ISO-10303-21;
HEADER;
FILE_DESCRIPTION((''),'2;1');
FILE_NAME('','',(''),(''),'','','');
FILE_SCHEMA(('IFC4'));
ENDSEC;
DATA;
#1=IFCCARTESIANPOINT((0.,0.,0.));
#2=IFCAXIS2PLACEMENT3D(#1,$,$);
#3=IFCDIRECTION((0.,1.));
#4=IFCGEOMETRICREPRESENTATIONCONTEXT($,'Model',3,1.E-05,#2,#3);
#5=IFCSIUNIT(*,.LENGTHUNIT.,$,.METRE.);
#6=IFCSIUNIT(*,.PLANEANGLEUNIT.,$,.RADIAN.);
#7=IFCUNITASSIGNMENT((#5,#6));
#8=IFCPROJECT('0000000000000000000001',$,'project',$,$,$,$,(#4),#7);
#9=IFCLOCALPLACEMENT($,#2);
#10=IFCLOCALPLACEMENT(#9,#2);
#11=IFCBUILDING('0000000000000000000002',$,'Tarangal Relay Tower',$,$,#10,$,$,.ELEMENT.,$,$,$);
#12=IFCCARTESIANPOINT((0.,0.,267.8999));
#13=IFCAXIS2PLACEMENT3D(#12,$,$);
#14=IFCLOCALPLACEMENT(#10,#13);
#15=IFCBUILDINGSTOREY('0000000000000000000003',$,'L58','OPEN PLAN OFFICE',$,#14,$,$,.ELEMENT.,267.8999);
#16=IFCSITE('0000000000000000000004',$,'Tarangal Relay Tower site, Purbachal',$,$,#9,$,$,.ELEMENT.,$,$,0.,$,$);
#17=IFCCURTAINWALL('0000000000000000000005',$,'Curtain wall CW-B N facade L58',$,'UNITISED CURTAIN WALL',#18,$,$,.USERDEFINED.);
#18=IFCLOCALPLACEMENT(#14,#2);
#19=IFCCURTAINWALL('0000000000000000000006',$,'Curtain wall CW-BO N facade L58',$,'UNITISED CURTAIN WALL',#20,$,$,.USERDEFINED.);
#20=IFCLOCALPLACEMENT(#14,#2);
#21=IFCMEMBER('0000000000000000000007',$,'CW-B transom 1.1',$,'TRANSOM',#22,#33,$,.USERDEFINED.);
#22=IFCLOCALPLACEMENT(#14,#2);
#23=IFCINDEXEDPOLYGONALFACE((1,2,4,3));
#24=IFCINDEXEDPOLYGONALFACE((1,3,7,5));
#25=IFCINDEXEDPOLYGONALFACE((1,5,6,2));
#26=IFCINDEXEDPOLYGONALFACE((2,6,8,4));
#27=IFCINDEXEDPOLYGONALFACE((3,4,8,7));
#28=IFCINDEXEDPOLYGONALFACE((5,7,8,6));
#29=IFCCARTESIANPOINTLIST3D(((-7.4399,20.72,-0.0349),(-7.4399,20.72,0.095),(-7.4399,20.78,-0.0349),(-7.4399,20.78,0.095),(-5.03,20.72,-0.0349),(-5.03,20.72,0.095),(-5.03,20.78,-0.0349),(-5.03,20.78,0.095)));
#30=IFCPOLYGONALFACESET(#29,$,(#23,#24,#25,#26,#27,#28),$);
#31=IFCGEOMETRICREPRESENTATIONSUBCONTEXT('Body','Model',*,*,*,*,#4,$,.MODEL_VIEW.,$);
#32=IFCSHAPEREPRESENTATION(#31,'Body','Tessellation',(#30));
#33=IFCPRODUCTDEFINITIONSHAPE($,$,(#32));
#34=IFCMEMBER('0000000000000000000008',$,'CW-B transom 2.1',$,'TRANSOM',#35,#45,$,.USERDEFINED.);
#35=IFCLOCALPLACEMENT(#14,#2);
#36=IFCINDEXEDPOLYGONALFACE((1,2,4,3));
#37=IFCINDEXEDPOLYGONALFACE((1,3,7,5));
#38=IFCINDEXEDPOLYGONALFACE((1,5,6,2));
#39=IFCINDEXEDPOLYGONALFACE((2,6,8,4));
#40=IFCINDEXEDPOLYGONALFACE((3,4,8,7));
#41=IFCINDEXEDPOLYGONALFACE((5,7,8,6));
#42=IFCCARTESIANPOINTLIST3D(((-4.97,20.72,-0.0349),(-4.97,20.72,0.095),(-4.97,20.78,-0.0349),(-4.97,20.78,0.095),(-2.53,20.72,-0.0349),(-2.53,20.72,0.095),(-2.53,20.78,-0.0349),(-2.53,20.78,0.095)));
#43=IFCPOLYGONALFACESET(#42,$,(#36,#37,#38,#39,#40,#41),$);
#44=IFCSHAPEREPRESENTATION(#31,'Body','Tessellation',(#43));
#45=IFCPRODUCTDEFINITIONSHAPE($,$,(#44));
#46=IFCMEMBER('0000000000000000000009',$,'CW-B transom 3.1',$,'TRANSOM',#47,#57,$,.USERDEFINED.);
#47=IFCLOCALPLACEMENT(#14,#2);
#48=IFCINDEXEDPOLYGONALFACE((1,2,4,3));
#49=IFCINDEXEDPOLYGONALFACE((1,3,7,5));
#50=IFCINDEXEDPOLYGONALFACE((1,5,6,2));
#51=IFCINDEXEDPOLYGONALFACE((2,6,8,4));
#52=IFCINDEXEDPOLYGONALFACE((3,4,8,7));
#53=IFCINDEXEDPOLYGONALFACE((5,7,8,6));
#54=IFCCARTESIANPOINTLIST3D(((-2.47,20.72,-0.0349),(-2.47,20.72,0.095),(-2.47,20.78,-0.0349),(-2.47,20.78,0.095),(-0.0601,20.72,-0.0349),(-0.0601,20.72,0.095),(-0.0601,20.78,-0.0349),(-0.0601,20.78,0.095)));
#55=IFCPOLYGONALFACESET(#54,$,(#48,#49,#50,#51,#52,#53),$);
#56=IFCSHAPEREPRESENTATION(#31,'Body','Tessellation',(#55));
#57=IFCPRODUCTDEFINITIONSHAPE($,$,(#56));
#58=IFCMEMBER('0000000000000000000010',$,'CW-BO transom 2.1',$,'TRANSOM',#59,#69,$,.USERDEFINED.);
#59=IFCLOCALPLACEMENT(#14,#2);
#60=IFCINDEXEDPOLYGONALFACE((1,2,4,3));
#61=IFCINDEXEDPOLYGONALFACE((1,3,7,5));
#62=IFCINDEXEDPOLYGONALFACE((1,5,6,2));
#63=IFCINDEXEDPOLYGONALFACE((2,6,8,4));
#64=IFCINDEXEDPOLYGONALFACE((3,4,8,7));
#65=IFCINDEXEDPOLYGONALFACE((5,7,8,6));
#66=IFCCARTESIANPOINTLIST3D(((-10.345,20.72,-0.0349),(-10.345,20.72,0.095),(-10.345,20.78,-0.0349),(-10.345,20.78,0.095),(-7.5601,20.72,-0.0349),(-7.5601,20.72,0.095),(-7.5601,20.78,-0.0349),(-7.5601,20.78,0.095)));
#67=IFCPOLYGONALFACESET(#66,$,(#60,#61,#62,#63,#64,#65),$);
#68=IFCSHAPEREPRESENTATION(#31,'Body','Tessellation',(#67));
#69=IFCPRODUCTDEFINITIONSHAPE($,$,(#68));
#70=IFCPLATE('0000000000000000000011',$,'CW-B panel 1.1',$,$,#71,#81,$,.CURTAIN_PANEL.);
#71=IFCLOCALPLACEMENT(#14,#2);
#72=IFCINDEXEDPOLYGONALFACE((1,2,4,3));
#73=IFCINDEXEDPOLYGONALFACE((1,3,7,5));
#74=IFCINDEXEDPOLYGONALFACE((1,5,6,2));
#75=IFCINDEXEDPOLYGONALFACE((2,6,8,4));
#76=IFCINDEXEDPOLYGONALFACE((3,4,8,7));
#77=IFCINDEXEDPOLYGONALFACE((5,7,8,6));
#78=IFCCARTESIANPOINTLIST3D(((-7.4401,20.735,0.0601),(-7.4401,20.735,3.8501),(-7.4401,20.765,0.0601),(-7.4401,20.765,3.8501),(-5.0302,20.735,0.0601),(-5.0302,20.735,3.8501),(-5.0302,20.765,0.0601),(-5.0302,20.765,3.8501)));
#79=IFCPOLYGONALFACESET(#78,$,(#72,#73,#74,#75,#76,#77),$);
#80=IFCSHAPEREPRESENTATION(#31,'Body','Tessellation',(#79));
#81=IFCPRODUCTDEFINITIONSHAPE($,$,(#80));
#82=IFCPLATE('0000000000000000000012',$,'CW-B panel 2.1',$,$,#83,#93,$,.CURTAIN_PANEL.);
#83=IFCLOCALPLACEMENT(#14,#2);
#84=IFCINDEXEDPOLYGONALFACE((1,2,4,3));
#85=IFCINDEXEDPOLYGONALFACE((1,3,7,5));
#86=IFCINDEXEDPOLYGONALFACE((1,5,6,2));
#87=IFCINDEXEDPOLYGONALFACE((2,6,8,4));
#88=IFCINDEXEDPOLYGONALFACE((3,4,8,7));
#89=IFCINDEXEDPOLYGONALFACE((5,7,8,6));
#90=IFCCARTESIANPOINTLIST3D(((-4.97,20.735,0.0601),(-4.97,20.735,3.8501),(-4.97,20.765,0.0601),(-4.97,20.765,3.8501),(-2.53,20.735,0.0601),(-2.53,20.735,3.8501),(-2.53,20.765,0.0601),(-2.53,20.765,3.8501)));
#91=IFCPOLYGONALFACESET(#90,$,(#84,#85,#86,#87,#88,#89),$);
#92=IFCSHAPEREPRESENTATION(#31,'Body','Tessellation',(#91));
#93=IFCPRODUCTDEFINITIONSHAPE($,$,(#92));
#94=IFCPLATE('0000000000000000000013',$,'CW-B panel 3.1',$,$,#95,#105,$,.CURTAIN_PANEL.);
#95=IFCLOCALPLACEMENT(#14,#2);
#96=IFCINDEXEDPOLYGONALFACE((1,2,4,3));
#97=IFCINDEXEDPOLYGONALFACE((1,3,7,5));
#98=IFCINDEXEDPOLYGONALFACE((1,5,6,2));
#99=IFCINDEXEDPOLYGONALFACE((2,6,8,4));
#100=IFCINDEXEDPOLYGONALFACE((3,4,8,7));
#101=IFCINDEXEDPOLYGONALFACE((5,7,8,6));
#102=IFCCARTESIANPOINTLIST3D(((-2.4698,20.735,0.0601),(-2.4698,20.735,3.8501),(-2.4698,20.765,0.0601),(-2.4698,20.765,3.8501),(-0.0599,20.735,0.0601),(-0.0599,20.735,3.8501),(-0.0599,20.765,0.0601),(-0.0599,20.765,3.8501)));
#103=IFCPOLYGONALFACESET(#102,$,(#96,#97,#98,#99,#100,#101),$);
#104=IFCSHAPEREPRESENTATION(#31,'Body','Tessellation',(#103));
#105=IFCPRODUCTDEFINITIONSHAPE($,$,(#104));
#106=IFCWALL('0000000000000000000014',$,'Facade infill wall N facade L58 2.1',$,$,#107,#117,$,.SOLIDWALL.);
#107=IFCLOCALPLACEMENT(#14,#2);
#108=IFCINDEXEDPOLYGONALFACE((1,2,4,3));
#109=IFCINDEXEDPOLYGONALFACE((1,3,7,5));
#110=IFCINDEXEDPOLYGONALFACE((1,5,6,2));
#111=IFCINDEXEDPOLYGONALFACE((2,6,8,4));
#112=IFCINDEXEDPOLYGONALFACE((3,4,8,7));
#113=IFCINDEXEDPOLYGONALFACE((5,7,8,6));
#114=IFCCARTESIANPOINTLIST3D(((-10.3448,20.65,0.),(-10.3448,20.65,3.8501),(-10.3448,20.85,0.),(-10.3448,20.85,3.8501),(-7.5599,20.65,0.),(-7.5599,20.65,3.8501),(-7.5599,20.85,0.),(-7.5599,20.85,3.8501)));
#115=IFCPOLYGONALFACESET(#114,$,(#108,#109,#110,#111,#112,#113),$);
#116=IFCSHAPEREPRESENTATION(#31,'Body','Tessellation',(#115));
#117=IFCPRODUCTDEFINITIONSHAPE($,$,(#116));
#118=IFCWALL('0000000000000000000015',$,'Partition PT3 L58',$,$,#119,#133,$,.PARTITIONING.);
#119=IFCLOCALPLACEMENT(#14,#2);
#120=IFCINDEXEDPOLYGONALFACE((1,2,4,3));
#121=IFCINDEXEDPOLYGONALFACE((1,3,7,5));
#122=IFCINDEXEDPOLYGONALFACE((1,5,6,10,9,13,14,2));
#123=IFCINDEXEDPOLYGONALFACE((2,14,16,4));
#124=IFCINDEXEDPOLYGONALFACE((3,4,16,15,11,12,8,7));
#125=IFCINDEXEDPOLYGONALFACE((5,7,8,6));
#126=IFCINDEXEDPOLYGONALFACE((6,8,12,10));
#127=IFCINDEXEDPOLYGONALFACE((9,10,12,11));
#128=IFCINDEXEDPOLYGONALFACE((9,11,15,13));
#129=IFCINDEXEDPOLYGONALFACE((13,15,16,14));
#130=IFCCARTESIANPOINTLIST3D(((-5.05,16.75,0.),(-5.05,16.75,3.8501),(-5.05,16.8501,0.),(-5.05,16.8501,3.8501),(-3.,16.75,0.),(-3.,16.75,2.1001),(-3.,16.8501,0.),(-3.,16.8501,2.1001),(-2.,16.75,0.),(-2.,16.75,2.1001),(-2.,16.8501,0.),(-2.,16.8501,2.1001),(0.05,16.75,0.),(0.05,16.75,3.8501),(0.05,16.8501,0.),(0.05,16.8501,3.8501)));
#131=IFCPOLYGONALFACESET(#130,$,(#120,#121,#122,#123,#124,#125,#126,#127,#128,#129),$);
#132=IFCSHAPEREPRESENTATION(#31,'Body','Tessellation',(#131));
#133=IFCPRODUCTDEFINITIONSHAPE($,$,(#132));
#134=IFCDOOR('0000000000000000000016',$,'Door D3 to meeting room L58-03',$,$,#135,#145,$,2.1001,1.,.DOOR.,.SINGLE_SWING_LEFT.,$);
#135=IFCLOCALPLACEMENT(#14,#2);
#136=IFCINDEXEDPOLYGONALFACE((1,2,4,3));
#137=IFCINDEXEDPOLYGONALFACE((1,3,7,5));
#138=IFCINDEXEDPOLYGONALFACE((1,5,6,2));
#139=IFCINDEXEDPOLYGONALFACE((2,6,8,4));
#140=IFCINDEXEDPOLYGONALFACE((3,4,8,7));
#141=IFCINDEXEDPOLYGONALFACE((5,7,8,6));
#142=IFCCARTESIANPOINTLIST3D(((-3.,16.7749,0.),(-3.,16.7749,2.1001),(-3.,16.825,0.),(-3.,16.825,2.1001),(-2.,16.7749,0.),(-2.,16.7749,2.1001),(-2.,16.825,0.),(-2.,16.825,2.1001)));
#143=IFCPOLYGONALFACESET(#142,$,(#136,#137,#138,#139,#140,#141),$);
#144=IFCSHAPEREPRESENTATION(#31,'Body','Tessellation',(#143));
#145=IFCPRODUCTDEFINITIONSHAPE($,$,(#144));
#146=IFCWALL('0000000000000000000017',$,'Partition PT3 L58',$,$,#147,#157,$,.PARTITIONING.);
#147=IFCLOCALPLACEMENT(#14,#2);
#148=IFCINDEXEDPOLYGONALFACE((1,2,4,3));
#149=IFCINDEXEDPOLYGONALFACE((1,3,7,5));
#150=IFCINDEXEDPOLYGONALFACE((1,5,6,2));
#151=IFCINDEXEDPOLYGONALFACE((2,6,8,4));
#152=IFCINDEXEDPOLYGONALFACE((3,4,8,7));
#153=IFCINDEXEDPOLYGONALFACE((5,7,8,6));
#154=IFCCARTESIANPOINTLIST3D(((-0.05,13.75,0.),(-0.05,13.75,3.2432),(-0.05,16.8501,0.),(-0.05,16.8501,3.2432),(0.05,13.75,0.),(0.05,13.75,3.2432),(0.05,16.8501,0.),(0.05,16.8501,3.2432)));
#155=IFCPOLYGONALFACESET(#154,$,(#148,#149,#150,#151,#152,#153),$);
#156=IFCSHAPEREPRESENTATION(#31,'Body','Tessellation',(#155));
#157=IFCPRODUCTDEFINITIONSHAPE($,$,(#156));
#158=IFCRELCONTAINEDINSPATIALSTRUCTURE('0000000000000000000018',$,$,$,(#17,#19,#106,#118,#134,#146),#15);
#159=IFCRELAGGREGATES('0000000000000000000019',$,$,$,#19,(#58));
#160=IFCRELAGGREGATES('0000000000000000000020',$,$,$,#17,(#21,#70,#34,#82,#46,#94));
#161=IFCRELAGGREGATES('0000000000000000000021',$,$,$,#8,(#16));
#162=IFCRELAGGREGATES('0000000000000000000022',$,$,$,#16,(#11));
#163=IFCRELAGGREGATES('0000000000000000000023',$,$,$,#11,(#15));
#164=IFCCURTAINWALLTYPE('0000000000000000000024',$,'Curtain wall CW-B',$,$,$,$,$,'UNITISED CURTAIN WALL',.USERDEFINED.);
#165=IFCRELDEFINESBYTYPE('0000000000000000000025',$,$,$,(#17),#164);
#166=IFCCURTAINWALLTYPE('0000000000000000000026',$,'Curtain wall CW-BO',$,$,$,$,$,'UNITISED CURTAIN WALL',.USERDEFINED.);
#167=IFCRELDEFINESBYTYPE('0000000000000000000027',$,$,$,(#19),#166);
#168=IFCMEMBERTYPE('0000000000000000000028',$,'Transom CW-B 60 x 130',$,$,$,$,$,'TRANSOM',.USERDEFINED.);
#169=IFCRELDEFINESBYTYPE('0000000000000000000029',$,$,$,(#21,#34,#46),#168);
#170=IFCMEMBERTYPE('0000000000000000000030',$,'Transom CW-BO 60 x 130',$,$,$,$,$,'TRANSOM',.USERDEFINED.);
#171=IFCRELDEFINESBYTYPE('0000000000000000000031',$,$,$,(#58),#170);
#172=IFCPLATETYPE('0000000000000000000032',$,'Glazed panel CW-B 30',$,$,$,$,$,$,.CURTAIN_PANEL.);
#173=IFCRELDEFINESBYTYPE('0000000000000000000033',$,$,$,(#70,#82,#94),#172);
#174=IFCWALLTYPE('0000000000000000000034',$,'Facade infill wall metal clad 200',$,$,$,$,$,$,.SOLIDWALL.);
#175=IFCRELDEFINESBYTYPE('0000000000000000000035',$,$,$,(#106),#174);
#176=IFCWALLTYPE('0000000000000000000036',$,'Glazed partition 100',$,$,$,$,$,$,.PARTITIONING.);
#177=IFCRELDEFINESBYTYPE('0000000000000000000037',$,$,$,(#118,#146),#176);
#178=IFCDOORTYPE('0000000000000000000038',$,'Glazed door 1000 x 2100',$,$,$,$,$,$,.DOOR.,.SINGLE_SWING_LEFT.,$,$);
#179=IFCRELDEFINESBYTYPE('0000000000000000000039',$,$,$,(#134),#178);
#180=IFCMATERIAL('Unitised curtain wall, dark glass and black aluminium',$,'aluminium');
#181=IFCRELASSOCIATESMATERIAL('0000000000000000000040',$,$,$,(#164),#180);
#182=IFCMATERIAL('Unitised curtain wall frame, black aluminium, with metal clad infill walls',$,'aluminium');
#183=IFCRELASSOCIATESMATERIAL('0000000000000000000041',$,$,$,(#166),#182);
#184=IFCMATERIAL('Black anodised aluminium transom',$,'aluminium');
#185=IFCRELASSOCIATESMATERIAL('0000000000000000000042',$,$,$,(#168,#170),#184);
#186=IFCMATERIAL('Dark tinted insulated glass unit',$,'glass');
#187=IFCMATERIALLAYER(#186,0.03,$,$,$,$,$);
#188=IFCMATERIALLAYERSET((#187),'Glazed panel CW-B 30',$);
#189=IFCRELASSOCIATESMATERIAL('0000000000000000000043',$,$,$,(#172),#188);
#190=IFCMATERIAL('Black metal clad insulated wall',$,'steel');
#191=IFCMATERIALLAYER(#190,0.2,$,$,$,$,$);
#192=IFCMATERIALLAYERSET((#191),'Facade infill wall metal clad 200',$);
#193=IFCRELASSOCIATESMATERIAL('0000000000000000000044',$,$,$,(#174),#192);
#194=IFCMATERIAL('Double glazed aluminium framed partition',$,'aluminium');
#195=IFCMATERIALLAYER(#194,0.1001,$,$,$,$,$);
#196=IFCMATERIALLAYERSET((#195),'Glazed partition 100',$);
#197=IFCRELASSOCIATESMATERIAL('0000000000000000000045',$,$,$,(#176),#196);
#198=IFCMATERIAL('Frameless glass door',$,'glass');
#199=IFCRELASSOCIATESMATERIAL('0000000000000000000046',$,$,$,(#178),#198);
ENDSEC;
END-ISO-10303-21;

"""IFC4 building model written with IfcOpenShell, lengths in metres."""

from ifc_helpers import new_model, si_unit, direction, frame, frame_2d, origin, origin_2d, place, context, subcontext, project, spatial, rectangle, extrude, material, layer, layer_set, material_profile, profile_set, type_object, element, fill, aggregate, save


model = new_model("IFC4")

# Units and contexts
model_context = context("Model", 3, precision=1e-05, world=origin(), true_north=direction((0.0, 1.0)))
body_context = subcontext(model_context, "Body", "Model", "MODEL_VIEW")
ifc_project = project(units=[si_unit("LENGTHUNIT", "METRE"), si_unit("PLANEANGLEUNIT", "RADIAN")], contexts=[model_context])

# Site, building, storey
site_placement = place(None, origin())
site = spatial("IfcSite", under=ifc_project, at=site_placement, Name="Tarangal Relay Tower site, Purbachal", CompositionType="ELEMENT", RefElevation=0.0)
building_placement = place(site_placement, origin())
building = spatial("IfcBuilding", under=site, at=building_placement, Name="Tarangal Relay Tower", CompositionType="ELEMENT")
storey_placement = place(building_placement, frame((0.0, 0.0, 267.8999)))
storey = spatial("IfcBuildingStorey", under=building, at=storey_placement, Name="L58", Description="OPEN PLAN OFFICE", CompositionType="ELEMENT", Elevation=267.8999)

# Curtain walls
ifc_material_1 = material(Name="Unitised curtain wall, dark glass and black aluminium", Category="aluminium")
curtain_wall_type_1 = type_object("IfcCurtainWallType", Name="Curtain wall CW-B", ElementType="UNITISED CURTAIN WALL", PredefinedType="USERDEFINED", material=ifc_material_1)
curtain_wall_1_placement = place(storey_placement, origin())
curtain_wall_1 = element("IfcCurtainWall", 1, at=curtain_wall_1_placement, inside=storey, type_object=curtain_wall_type_1, Name="Curtain wall CW-B N facade L58", ObjectType="UNITISED CURTAIN WALL", PredefinedType="USERDEFINED")
ifc_material_2 = material(Name="Unitised curtain wall frame, black aluminium, with metal clad infill walls", Category="aluminium")
curtain_wall_type_2 = type_object("IfcCurtainWallType", Name="Curtain wall CW-BO", ElementType="UNITISED CURTAIN WALL", PredefinedType="USERDEFINED", material=ifc_material_2)
curtain_wall_2_placement = place(storey_placement, origin())
curtain_wall_2 = element("IfcCurtainWall", 2, at=curtain_wall_2_placement, inside=storey, type_object=curtain_wall_type_2, Name="Curtain wall CW-BO N facade L58", ObjectType="UNITISED CURTAIN WALL", PredefinedType="USERDEFINED")

# Members
ifc_material_3 = material(Name="Black anodised aluminium transom", Category="aluminium")
ifc_material_profile_1 = material_profile(ifc_material_3, rectangle(XDim=0.0601, YDim=0.1299, at=origin_2d()), Name="CW-BT 60X130")
ifc_profile_set_1 = profile_set([ifc_material_profile_1], Name="Black anodised aluminium transom")
member_type_1 = type_object("IfcMemberType", Name="Transom CW-B 60 x 130", ElementType="TRANSOM", PredefinedType="USERDEFINED", material=ifc_profile_set_1)
member_1_placement = place(storey_placement, frame((-7.4399, 20.75, 0.03), z_axis=(1.0, 0.0, 0.0), x_axis=(0.0, 1.0, 0.0)))
member_1 = element("IfcMember", 3, at=member_1_placement, type_object=member_type_1, Name="CW-B transom 1.1", ObjectType="TRANSOM", PredefinedType="USERDEFINED", context=body_context, shape_type="SweptSolid", body=[
    extrude(rectangle(XDim=0.0601, YDim=0.1299, at=origin_2d()), origin(), (0.0, 0.0, 1.0), 2.4099),
])
member_2_placement = place(storey_placement, frame((-4.97, 20.75, 0.03), z_axis=(1.0, 0.0, 0.0), x_axis=(0.0, 1.0, 0.0)))
member_2 = element("IfcMember", 4, at=member_2_placement, type_object=member_type_1, Name="CW-B transom 2.1", ObjectType="TRANSOM", PredefinedType="USERDEFINED", context=body_context, shape_type="SweptSolid", body=[
    extrude(rectangle(XDim=0.0601, YDim=0.1299, at=origin_2d()), origin(), (0.0, 0.0, 1.0), 2.4399),
])
member_3_placement = place(storey_placement, frame((-2.47, 20.75, 0.03), z_axis=(1.0, 0.0, 0.0), x_axis=(0.0, 1.0, 0.0)))
member_3 = element("IfcMember", 5, at=member_3_placement, type_object=member_type_1, Name="CW-B transom 3.1", ObjectType="TRANSOM", PredefinedType="USERDEFINED", context=body_context, shape_type="SweptSolid", body=[
    extrude(rectangle(XDim=0.0601, YDim=0.1299, at=origin_2d()), origin(), (0.0, 0.0, 1.0), 2.4099),
])
ifc_material_profile_2 = material_profile(ifc_material_3, rectangle(XDim=0.0601, YDim=0.1299, at=origin_2d()), Name="CW-BOT 60X130")
ifc_profile_set_2 = profile_set([ifc_material_profile_2], Name="Black anodised aluminium transom")
member_type_2 = type_object("IfcMemberType", Name="Transom CW-BO 60 x 130", ElementType="TRANSOM", PredefinedType="USERDEFINED", material=ifc_profile_set_2)
member_4_placement = place(storey_placement, frame((-10.345, 20.75, 0.03), z_axis=(1.0, 0.0, 0.0), x_axis=(0.0, 1.0, 0.0)))
member_4 = element("IfcMember", 6, at=member_4_placement, type_object=member_type_2, Name="CW-BO transom 2.1", ObjectType="TRANSOM", PredefinedType="USERDEFINED", context=body_context, shape_type="SweptSolid", body=[
    extrude(rectangle(XDim=0.0601, YDim=0.1299, at=origin_2d()), origin(), (0.0, 0.0, 1.0), 2.7849),
])
aggregate(curtain_wall_2, [member_4])

# Plates
ifc_material_4 = material(Name="Dark tinted insulated glass unit", Category="glass")
ifc_layer_1 = layer(ifc_material_4, 0.03)
ifc_layer_set_1 = layer_set([ifc_layer_1], Name="Glazed panel CW-B 30")
plate_type = type_object("IfcPlateType", Name="Glazed panel CW-B 30", PredefinedType="CURTAIN_PANEL", material=ifc_layer_set_1)
plate_1_placement = place(storey_placement, frame((-6.2351, 20.75, 0.0601), z_axis=(0.0, 0.0, 1.0), x_axis=(1.0, 0.0, 0.0)))
plate_1 = element("IfcPlate", 7, at=plate_1_placement, type_object=plate_type, Name="CW-B panel 1.1", PredefinedType="CURTAIN_PANEL", context=body_context, shape_type="SweptSolid", body=[
    extrude(rectangle(XDim=2.4099, YDim=0.03, at=origin_2d()), origin(), (0.0, 0.0, 1.0), 3.79),
])
plate_2_placement = place(storey_placement, frame((-3.75, 20.75, 0.0601), z_axis=(0.0, 0.0, 1.0), x_axis=(1.0, 0.0, 0.0)))
plate_2 = element("IfcPlate", 8, at=plate_2_placement, type_object=plate_type, Name="CW-B panel 2.1", PredefinedType="CURTAIN_PANEL", context=body_context, shape_type="SweptSolid", body=[
    extrude(rectangle(XDim=2.4399, YDim=0.03, at=origin_2d()), origin(), (0.0, 0.0, 1.0), 3.79),
])
plate_3_placement = place(storey_placement, frame((-1.2649, 20.75, 0.0601), z_axis=(0.0, 0.0, 1.0), x_axis=(1.0, 0.0, 0.0)))
plate_3 = element("IfcPlate", 9, at=plate_3_placement, type_object=plate_type, Name="CW-B panel 3.1", PredefinedType="CURTAIN_PANEL", context=body_context, shape_type="SweptSolid", body=[
    extrude(rectangle(XDim=2.4099, YDim=0.03, at=origin_2d()), origin(), (0.0, 0.0, 1.0), 3.79),
])
aggregate(curtain_wall_1, [member_1, plate_1, member_2, plate_2, member_3, plate_3])

# Wall
ifc_material_5 = material(Name="Black metal clad insulated wall", Category="steel")
ifc_layer_2 = layer(ifc_material_5, 0.2)
ifc_layer_set_2 = layer_set([ifc_layer_2], Name="Facade infill wall metal clad 200")
wall_type_1 = type_object("IfcWallType", Name="Facade infill wall metal clad 200", PredefinedType="SOLIDWALL", material=ifc_layer_set_2)
wall_1_placement = place(storey_placement, frame((-10.345, 20.75, 0.0), z_axis=(0.0, 0.0, 1.0), x_axis=(1.0, 0.0, 0.0)))
element("IfcWall", 10, at=wall_1_placement, inside=storey, type_object=wall_type_1, Name="Facade infill wall N facade L58 2.1", PredefinedType="SOLIDWALL", context=body_context, shape_type="SweptSolid", body=[
    extrude(rectangle(XDim=2.7849, YDim=0.2, at=frame_2d((1.3926, 0.0))), origin(), (0.0, 0.0, 1.0), 3.8501),
])

# Wall, opening, door
ifc_material_6 = material(Name="Double glazed aluminium framed partition", Category="aluminium")
ifc_layer_3 = layer(ifc_material_6, 0.1001)
ifc_layer_set_3 = layer_set([ifc_layer_3], Name="Glazed partition 100")
wall_type_2 = type_object("IfcWallType", Name="Glazed partition 100", PredefinedType="PARTITIONING", material=ifc_layer_set_3)
wall_2_placement = place(storey_placement, frame((-5.05, 16.8, 0.0), z_axis=(0.0, 0.0, 1.0), x_axis=(1.0, 0.0, 0.0)))
wall_2 = element("IfcWall", 11, at=wall_2_placement, inside=storey, type_object=wall_type_2, Name="Partition PT3 L58", PredefinedType="PARTITIONING", context=body_context, shape_type="SweptSolid", body=[
    extrude(rectangle(XDim=5.1001, YDim=0.1001, at=frame_2d((2.55, 0.0))), origin(), (0.0, 0.0, 1.0), 3.8501),
])
opening_1_placement = place(wall_2_placement, frame((2.05, 0.0, 0.0)))
opening_1 = element("IfcOpeningElement", 12, at=opening_1_placement, cuts=wall_2, PredefinedType="OPENING", context=body_context, shape_type="SweptSolid", body=[
    extrude(rectangle(XDim=1.0, YDim=2.1001, at=frame_2d((0.5, 1.05))), frame((0.0, 0.0601, 0.0), z_axis=(0.0, -1.0, 0.0), x_axis=(1.0, 0.0, 0.0)), (0.0, 0.0, 1.0), 0.1201),
])
ifc_material_7 = material(Name="Frameless glass door", Category="glass")
door_type_1 = type_object("IfcDoorType", Name="Glazed door 1000 x 2100", OperationType="SINGLE_SWING_LEFT", PredefinedType="DOOR", material=ifc_material_7)
door_1_placement = place(opening_1_placement, origin())
door_1 = element("IfcDoor", 13, at=door_1_placement, inside=storey, type_object=door_type_1, Name="Door D3 to meeting room L58-03", OperationType="SINGLE_SWING_LEFT", OverallHeight=2.1001, OverallWidth=1.0, PredefinedType="DOOR", context=body_context, shape_type="SweptSolid", body=[
    extrude(rectangle(XDim=1.0, YDim=2.1001, at=frame_2d((0.5, 1.05))), frame((0.0, 0.0249, 0.0), z_axis=(0.0, -1.0, 0.0), x_axis=(1.0, 0.0, 0.0)), (0.0, 0.0, 1.0), 0.05),
])
fill(opening_1, door_1)

# Wall
wall_3_placement = place(storey_placement, frame((0.0, 13.75, 0.0), z_axis=(0.0, 0.0, 1.0), x_axis=(0.0, 1.0, 0.0)))
element("IfcWall", 14, at=wall_3_placement, inside=storey, type_object=wall_type_2, Name="Partition PT3 L58", PredefinedType="PARTITIONING", context=body_context, shape_type="SweptSolid", body=[
    extrude(rectangle(XDim=3.1001, YDim=0.1001, at=frame_2d((1.55, 0.0))), origin(), (0.0, 0.0, 1.0), 3.2432),
])

save(model, "model.ifc")
